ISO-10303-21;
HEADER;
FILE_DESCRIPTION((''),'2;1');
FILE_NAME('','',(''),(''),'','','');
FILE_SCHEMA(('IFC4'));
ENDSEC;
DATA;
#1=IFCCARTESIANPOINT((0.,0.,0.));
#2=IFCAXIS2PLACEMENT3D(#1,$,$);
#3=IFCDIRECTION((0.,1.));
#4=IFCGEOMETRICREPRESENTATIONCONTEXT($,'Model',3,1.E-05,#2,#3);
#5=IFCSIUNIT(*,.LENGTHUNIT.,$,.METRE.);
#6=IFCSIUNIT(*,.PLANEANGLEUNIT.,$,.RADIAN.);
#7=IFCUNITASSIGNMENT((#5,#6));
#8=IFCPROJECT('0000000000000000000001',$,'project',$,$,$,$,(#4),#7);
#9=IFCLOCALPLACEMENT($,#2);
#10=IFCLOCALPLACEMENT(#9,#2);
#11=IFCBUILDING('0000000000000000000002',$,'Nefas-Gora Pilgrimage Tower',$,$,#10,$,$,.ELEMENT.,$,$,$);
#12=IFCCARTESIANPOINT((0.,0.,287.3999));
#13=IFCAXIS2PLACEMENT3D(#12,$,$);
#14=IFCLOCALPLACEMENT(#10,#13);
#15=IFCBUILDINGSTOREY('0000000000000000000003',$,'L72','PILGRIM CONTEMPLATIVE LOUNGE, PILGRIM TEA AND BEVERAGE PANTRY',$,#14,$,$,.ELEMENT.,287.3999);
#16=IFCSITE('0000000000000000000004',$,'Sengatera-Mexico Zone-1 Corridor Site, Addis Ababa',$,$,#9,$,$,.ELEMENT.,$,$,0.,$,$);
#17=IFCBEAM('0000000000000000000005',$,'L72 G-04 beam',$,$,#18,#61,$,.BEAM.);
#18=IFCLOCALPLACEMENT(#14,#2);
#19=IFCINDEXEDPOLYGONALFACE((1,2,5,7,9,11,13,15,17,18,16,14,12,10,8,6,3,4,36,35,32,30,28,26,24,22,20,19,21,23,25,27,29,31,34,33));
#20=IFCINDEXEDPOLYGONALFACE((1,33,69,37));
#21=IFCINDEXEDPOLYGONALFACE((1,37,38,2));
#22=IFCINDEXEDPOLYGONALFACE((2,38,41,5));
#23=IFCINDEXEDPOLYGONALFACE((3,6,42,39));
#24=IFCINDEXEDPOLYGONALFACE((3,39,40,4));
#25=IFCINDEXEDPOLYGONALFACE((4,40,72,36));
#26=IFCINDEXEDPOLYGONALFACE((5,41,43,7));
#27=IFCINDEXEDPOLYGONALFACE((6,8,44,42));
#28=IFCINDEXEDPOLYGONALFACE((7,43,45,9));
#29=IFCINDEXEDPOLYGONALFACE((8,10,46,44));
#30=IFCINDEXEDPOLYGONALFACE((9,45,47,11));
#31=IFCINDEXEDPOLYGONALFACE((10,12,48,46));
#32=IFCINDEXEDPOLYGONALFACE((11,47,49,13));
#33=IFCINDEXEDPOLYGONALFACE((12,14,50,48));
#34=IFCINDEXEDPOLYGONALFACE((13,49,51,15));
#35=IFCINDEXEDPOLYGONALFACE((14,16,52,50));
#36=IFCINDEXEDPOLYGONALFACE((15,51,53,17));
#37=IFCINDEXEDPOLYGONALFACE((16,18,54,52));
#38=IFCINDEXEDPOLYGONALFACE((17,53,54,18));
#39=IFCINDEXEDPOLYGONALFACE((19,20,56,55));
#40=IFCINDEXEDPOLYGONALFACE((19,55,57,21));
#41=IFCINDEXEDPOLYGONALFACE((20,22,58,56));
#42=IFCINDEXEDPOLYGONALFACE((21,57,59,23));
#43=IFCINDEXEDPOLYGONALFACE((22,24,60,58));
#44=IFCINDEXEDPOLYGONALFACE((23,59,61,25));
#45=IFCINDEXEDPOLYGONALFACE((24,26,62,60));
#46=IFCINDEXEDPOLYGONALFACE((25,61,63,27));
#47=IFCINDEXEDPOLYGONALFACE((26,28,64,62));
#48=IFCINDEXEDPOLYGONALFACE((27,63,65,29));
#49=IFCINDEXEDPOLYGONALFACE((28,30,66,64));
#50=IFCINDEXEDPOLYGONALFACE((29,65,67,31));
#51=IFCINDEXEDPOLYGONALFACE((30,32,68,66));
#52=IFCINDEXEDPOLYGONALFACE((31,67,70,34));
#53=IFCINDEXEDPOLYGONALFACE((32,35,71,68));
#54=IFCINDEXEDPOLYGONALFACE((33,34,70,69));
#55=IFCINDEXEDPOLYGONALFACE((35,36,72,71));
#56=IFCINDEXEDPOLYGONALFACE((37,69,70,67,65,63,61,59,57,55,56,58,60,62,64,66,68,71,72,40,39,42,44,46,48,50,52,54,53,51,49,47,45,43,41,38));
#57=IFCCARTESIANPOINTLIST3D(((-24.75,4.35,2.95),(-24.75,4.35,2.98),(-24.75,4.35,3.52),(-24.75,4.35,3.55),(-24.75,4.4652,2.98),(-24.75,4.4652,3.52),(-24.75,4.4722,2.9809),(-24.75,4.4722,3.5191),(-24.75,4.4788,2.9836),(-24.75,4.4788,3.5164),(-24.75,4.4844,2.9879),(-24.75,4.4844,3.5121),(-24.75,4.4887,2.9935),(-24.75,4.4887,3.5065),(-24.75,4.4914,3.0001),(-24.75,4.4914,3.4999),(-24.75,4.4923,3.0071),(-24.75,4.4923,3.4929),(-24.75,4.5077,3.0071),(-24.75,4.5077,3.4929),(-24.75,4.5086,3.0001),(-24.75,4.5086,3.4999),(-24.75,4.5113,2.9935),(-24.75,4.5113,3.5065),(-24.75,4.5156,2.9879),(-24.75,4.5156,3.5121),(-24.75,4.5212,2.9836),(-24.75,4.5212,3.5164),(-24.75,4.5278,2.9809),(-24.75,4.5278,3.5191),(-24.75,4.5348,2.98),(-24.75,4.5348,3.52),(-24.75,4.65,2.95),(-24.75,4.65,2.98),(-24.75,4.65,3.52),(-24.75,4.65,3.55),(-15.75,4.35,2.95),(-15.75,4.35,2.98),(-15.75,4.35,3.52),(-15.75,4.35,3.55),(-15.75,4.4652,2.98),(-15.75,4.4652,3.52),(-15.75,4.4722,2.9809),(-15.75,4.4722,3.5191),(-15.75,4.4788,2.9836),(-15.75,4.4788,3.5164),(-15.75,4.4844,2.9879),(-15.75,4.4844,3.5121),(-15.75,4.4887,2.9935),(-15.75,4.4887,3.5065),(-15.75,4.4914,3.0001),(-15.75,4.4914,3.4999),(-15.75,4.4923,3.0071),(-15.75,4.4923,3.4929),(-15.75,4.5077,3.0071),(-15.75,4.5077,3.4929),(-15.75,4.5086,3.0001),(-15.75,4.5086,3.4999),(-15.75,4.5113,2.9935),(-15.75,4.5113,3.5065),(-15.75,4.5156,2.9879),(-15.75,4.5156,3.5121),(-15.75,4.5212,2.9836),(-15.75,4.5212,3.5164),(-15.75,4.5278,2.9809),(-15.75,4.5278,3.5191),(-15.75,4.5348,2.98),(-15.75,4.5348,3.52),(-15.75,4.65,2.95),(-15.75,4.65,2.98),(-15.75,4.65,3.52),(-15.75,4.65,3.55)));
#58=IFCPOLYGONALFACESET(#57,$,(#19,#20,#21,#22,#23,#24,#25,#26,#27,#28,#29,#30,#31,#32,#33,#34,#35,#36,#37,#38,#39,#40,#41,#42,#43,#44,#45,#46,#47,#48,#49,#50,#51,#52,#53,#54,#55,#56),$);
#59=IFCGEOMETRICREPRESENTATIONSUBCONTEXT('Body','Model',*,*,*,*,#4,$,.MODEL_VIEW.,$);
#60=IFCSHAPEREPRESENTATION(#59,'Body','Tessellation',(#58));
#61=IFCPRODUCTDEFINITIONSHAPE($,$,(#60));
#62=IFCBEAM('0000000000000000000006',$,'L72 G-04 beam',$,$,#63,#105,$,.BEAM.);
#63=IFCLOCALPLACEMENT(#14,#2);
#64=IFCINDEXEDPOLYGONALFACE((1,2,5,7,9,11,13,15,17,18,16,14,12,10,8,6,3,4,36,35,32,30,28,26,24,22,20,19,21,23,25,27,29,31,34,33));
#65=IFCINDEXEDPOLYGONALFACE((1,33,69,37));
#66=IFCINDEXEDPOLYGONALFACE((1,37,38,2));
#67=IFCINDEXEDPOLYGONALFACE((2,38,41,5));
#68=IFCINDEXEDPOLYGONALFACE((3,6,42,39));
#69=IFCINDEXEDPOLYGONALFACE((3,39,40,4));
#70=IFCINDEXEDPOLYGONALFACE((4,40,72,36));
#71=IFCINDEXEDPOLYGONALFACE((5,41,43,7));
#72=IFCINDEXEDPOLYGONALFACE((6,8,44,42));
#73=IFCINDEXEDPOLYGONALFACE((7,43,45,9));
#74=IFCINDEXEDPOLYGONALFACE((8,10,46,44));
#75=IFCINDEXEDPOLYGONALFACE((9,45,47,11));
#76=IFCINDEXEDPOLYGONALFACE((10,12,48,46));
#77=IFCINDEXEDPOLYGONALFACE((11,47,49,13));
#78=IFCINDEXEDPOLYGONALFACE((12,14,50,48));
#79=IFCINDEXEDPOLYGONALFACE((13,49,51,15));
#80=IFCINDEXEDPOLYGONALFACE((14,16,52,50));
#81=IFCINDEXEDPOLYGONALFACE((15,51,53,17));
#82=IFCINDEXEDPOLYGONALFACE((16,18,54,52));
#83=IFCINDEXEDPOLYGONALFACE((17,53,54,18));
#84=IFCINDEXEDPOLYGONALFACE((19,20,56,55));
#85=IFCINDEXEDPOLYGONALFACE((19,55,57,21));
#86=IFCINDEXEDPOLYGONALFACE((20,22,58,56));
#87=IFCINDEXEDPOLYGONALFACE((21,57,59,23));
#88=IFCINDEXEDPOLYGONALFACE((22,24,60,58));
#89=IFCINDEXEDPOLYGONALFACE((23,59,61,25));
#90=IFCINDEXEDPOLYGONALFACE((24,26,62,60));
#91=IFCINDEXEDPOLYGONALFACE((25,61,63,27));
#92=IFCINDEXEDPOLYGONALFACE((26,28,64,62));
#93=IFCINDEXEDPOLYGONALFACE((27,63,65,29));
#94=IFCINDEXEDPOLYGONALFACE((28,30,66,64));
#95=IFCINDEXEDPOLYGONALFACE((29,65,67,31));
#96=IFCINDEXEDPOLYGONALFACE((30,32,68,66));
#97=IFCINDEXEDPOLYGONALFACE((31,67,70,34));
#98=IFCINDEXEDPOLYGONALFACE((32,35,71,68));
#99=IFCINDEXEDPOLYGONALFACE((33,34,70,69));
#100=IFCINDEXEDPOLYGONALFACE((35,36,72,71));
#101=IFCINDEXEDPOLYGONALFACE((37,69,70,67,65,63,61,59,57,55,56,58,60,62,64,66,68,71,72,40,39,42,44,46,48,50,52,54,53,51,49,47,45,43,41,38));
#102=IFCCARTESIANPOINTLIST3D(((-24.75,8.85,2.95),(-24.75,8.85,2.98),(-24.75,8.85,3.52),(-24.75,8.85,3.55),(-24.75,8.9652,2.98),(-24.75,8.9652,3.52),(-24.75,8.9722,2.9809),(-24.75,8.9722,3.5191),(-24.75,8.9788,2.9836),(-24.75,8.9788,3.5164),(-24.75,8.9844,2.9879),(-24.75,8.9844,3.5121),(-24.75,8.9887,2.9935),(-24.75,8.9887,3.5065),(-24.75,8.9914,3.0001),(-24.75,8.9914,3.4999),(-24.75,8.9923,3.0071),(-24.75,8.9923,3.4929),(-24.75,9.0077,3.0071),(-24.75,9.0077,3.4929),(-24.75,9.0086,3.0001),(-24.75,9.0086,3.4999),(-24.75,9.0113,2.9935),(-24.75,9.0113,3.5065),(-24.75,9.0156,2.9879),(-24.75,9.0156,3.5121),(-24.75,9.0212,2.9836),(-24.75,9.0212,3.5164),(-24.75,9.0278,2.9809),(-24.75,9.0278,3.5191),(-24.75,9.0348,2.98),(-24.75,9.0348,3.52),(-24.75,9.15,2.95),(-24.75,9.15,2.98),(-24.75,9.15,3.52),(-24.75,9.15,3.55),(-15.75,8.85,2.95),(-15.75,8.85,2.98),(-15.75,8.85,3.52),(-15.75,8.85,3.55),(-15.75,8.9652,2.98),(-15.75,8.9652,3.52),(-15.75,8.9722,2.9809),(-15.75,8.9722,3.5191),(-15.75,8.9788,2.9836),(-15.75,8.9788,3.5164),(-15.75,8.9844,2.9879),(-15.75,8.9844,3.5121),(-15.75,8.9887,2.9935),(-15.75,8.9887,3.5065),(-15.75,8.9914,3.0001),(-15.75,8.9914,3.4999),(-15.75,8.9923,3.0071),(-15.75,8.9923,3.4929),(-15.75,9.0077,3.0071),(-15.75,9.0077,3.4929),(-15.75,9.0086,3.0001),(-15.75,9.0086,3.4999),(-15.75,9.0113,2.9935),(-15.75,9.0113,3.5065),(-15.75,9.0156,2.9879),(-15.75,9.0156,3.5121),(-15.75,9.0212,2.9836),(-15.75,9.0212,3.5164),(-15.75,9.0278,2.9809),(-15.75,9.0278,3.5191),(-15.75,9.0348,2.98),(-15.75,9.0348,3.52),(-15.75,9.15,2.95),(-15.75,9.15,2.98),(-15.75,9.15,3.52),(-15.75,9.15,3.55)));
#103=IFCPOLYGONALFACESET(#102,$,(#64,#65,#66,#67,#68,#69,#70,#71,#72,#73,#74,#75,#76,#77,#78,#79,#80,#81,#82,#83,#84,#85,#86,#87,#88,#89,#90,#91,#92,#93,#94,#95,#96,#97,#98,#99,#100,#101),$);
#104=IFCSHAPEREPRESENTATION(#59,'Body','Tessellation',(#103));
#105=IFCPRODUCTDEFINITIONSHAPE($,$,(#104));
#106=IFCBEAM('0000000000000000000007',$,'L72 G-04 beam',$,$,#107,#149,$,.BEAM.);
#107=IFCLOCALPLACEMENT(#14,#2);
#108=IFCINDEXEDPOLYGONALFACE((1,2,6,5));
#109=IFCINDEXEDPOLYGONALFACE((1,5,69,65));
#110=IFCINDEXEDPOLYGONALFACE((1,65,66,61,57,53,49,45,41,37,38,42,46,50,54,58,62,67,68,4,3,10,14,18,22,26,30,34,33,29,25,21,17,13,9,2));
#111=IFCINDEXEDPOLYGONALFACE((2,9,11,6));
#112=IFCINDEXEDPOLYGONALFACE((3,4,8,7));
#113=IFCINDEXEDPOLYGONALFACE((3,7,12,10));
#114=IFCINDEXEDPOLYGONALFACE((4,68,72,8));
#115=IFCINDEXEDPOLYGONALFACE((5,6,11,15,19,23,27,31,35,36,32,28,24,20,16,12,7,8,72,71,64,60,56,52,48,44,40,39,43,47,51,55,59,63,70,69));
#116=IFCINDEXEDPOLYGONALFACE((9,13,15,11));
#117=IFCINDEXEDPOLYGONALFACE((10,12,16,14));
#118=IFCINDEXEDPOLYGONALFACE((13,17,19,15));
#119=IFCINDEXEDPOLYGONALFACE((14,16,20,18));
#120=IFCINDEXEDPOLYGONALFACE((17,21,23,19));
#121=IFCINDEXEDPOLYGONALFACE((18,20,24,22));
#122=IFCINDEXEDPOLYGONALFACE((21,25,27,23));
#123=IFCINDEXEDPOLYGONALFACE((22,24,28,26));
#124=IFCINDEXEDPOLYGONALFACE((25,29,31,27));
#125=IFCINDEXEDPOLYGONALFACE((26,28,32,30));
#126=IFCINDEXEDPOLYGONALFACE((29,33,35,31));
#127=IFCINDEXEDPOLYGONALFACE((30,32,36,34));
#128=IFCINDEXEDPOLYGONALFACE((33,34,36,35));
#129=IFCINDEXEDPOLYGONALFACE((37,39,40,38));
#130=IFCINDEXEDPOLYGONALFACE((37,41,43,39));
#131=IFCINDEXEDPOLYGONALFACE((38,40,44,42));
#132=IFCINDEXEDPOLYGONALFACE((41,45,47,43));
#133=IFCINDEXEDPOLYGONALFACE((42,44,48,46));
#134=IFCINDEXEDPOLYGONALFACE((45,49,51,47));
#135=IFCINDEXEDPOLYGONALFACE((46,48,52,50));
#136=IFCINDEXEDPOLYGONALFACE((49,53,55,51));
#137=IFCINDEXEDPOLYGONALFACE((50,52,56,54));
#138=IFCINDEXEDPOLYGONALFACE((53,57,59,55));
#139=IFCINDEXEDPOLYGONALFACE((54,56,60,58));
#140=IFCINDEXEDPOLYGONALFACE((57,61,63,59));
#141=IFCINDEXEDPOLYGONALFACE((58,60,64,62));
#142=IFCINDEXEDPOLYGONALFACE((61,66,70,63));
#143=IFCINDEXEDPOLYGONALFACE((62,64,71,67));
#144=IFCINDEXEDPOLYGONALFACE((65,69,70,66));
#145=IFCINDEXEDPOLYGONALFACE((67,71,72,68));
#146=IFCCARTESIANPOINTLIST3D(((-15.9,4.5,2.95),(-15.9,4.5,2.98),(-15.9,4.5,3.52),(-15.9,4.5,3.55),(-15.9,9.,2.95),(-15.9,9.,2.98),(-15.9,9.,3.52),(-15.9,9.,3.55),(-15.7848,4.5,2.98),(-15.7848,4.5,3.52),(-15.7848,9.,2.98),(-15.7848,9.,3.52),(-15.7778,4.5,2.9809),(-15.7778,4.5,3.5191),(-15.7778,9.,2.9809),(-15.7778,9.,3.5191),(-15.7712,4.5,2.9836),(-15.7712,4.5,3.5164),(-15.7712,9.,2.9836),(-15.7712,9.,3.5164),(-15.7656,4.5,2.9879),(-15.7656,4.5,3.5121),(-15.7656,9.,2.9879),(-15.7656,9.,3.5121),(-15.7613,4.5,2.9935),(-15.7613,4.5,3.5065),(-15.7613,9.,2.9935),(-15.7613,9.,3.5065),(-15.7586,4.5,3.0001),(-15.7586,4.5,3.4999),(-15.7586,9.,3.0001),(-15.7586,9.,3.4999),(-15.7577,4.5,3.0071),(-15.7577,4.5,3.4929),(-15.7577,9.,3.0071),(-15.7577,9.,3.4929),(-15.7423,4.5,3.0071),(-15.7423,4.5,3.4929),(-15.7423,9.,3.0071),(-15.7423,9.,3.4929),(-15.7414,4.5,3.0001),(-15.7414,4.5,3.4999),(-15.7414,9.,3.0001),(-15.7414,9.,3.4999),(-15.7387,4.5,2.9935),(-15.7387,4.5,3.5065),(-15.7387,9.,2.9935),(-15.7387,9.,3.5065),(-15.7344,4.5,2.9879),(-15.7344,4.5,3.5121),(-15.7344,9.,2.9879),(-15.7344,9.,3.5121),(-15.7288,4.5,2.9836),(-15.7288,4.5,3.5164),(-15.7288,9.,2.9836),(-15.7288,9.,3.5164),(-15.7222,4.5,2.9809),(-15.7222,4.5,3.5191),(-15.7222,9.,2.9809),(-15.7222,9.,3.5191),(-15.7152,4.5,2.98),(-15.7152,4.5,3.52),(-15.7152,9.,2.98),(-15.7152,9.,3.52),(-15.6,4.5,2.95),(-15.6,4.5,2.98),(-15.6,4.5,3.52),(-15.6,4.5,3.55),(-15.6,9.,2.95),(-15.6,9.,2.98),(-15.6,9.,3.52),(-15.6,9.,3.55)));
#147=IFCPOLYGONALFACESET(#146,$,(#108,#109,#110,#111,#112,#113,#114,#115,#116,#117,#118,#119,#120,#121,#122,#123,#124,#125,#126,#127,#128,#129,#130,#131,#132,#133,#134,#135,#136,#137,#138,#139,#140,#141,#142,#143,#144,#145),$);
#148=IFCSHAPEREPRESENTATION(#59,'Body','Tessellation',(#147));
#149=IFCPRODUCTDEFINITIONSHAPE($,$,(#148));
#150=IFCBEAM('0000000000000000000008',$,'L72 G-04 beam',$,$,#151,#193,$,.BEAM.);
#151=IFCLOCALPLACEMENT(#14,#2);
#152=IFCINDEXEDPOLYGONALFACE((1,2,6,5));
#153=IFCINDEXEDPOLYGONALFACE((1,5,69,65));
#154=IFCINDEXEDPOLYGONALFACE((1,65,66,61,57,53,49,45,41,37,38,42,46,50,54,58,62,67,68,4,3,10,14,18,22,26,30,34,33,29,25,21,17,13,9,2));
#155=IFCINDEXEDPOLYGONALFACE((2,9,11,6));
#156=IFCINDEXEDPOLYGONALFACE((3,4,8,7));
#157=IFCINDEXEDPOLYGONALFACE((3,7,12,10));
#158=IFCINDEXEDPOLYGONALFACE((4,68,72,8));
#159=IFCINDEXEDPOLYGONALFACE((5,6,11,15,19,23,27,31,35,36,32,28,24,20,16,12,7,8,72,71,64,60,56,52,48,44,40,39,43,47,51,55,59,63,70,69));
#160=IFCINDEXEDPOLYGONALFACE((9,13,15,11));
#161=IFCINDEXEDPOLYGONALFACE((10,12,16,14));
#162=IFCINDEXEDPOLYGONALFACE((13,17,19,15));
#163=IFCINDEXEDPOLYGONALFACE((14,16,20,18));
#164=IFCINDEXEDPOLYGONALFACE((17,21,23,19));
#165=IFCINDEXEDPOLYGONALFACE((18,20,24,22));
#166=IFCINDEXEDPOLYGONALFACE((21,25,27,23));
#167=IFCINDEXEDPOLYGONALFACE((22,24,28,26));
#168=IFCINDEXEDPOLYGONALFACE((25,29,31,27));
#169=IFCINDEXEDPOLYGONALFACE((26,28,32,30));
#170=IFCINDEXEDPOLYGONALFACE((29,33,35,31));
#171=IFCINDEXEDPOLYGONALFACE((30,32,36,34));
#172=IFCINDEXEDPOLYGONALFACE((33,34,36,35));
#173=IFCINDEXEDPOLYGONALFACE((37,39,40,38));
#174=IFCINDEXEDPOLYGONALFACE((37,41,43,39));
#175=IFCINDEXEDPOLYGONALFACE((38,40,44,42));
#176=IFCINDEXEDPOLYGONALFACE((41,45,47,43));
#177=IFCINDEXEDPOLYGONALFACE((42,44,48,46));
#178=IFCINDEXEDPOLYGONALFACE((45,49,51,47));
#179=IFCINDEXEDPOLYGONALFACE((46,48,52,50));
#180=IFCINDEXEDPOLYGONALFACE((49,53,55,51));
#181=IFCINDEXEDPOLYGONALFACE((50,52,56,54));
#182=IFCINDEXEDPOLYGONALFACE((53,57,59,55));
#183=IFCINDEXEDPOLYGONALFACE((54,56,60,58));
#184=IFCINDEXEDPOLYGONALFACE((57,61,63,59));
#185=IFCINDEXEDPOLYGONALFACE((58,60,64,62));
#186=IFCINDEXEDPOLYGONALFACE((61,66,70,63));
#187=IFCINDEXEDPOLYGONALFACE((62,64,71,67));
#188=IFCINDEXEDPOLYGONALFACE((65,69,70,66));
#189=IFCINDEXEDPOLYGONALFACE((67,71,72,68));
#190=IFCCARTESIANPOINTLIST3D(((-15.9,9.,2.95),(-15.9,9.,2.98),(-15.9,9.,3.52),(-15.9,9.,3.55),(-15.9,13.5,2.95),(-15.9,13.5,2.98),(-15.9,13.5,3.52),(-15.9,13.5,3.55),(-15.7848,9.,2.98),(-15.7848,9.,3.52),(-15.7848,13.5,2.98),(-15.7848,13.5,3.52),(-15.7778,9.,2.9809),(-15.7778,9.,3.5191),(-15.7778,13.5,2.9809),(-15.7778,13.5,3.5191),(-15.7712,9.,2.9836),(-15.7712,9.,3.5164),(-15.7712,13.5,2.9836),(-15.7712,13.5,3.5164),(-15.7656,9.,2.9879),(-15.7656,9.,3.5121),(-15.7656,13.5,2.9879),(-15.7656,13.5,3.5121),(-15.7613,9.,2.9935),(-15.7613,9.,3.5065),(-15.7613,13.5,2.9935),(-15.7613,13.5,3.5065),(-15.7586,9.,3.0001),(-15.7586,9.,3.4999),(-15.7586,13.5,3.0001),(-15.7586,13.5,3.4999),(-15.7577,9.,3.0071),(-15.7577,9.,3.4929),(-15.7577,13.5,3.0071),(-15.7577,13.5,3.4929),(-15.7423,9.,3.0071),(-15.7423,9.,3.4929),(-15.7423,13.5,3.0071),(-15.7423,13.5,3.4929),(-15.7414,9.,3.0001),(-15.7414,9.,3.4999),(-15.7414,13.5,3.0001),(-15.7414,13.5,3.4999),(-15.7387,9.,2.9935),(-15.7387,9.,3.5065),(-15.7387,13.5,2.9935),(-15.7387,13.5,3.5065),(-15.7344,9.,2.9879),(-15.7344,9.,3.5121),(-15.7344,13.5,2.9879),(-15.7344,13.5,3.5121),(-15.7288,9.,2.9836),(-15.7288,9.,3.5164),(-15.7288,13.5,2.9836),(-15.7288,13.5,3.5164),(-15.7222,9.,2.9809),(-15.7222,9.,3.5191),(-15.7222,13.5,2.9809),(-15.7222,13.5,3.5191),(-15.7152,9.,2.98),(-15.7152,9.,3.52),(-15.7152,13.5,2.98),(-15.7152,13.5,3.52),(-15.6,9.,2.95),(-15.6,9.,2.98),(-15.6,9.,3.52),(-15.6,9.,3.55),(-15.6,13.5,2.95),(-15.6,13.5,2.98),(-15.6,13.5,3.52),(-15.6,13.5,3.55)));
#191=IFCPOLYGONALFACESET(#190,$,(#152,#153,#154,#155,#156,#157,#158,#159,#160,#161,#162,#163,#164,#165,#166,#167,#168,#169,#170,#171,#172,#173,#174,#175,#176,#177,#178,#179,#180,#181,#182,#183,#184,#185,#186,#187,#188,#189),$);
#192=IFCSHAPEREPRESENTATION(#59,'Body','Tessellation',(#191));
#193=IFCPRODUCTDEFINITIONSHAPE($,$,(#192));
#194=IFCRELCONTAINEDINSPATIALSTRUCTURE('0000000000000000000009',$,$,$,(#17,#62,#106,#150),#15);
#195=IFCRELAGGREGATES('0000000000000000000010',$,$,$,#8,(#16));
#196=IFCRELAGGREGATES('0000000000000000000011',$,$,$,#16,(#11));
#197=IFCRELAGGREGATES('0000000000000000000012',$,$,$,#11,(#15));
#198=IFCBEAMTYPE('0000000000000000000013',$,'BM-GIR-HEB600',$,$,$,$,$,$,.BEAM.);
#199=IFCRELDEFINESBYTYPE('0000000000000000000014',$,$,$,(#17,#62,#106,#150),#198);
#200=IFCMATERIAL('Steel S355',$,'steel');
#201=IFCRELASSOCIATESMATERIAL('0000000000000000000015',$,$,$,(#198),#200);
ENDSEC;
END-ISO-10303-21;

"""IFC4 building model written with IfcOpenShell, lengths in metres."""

from ifc_helpers import new_model, si_unit, direction, frame, origin, origin_2d, place, context, subcontext, project, spatial, i_section, extrude, source, transform, mapped, material, material_profile, profile_set, type_object, element, save


model = new_model("IFC4")

# Units and contexts
model_context = context("Model", 3, precision=1e-05, world=origin(), true_north=direction((0.0, 1.0)))
body_context = subcontext(model_context, "Body", "Model", "MODEL_VIEW")
ifc_project = project(units=[si_unit("LENGTHUNIT", "METRE"), si_unit("PLANEANGLEUNIT", "RADIAN")], contexts=[model_context])

# Site, building, storey
site_placement = place(None, origin())
site = spatial("IfcSite", under=ifc_project, at=site_placement, Name="Sengatera-Mexico Zone-1 Corridor Site, Addis Ababa", CompositionType="ELEMENT", RefElevation=0.0)
building_placement = place(site_placement, origin())
building = spatial("IfcBuilding", under=site, at=building_placement, Name="Nefas-Gora Pilgrimage Tower", CompositionType="ELEMENT")
storey_placement = place(building_placement, frame((0.0, 0.0, 287.3999)))
storey = spatial("IfcBuildingStorey", under=building, at=storey_placement, Name="L72", Description="PILGRIM CONTEMPLATIVE LOUNGE, PILGRIM TEA AND BEVERAGE PANTRY", CompositionType="ELEMENT", Elevation=287.3999)

# Shared definitions
ifc_material_1 = material(Name="Steel S355", Category="steel")

# Beams
ifc_material_profile_1 = material_profile(ifc_material_1, i_section(OverallWidth=0.3, OverallDepth=0.6001, WebThickness=0.0154, FlangeThickness=0.03, FilletRadius=0.0271, at=origin_2d()), Name="HEB 600")
ifc_profile_set_1 = profile_set([ifc_material_profile_1], Name="Steel S355")
beam_type_1 = type_object("IfcBeamType", Name="BM-GIR-HEB600", PredefinedType="BEAM", material=ifc_profile_set_1)
shared_shape_1 = source(origin(), body_context, "Body", "SweptSolid", [
    extrude(i_section(OverallWidth=0.3, OverallDepth=0.6001, WebThickness=0.0154, FlangeThickness=0.03, FilletRadius=0.0271, at=origin_2d()), origin(), (0.0, 0.0, 1.0), 9.0),
])
for number, where, z_axis, x_axis, name in (
    (1, (-24.75, 4.5, 3.25), (1.0, 0.0, 0.0), (0.0, 1.0, 0.0), "L72 G-04 beam"),
    (2, (-24.75, 9.0, 3.25), (1.0, 0.0, 0.0), (0.0, 1.0, 0.0), "L72 G-04 beam"),
):
    element("IfcBeam", number, at=place(storey_placement, frame(where, z_axis=z_axis, x_axis=x_axis)), inside=storey, type_object=beam_type_1, Name=name, PredefinedType="BEAM", context=body_context, shape_type="MappedRepresentation", body=[
        mapped(shared_shape_1, transform((0.0, 0.0, 0.0), x_axis=(1.0, 0.0, 0.0), y_axis=(0.0, 1.0, 0.0), z_axis=(0.0, 0.0, 1.0), scale=1.0)),
    ])
shared_shape_2 = source(origin(), body_context, "Body", "SweptSolid", [
    extrude(i_section(OverallWidth=0.3, OverallDepth=0.6001, WebThickness=0.0154, FlangeThickness=0.03, FilletRadius=0.0271, at=origin_2d()), origin(), (0.0, 0.0, 1.0), 4.5),
])
for number, where, z_axis, x_axis, name in (
    (3, (-15.75, 4.5, 3.25), (0.0, 1.0, 0.0), (-1.0, 0.0, 0.0), "L72 G-04 beam"),
    (4, (-15.75, 9.0, 3.25), (0.0, 1.0, 0.0), (-1.0, 0.0, 0.0), "L72 G-04 beam"),
):
    element("IfcBeam", number, at=place(storey_placement, frame(where, z_axis=z_axis, x_axis=x_axis)), inside=storey, type_object=beam_type_1, Name=name, PredefinedType="BEAM", context=body_context, shape_type="MappedRepresentation", body=[
        mapped(shared_shape_2, transform((0.0, 0.0, 0.0), x_axis=(1.0, 0.0, 0.0), y_axis=(0.0, 1.0, 0.0), z_axis=(0.0, 0.0, 1.0), scale=1.0)),
    ])

save(model, "model.ifc")
